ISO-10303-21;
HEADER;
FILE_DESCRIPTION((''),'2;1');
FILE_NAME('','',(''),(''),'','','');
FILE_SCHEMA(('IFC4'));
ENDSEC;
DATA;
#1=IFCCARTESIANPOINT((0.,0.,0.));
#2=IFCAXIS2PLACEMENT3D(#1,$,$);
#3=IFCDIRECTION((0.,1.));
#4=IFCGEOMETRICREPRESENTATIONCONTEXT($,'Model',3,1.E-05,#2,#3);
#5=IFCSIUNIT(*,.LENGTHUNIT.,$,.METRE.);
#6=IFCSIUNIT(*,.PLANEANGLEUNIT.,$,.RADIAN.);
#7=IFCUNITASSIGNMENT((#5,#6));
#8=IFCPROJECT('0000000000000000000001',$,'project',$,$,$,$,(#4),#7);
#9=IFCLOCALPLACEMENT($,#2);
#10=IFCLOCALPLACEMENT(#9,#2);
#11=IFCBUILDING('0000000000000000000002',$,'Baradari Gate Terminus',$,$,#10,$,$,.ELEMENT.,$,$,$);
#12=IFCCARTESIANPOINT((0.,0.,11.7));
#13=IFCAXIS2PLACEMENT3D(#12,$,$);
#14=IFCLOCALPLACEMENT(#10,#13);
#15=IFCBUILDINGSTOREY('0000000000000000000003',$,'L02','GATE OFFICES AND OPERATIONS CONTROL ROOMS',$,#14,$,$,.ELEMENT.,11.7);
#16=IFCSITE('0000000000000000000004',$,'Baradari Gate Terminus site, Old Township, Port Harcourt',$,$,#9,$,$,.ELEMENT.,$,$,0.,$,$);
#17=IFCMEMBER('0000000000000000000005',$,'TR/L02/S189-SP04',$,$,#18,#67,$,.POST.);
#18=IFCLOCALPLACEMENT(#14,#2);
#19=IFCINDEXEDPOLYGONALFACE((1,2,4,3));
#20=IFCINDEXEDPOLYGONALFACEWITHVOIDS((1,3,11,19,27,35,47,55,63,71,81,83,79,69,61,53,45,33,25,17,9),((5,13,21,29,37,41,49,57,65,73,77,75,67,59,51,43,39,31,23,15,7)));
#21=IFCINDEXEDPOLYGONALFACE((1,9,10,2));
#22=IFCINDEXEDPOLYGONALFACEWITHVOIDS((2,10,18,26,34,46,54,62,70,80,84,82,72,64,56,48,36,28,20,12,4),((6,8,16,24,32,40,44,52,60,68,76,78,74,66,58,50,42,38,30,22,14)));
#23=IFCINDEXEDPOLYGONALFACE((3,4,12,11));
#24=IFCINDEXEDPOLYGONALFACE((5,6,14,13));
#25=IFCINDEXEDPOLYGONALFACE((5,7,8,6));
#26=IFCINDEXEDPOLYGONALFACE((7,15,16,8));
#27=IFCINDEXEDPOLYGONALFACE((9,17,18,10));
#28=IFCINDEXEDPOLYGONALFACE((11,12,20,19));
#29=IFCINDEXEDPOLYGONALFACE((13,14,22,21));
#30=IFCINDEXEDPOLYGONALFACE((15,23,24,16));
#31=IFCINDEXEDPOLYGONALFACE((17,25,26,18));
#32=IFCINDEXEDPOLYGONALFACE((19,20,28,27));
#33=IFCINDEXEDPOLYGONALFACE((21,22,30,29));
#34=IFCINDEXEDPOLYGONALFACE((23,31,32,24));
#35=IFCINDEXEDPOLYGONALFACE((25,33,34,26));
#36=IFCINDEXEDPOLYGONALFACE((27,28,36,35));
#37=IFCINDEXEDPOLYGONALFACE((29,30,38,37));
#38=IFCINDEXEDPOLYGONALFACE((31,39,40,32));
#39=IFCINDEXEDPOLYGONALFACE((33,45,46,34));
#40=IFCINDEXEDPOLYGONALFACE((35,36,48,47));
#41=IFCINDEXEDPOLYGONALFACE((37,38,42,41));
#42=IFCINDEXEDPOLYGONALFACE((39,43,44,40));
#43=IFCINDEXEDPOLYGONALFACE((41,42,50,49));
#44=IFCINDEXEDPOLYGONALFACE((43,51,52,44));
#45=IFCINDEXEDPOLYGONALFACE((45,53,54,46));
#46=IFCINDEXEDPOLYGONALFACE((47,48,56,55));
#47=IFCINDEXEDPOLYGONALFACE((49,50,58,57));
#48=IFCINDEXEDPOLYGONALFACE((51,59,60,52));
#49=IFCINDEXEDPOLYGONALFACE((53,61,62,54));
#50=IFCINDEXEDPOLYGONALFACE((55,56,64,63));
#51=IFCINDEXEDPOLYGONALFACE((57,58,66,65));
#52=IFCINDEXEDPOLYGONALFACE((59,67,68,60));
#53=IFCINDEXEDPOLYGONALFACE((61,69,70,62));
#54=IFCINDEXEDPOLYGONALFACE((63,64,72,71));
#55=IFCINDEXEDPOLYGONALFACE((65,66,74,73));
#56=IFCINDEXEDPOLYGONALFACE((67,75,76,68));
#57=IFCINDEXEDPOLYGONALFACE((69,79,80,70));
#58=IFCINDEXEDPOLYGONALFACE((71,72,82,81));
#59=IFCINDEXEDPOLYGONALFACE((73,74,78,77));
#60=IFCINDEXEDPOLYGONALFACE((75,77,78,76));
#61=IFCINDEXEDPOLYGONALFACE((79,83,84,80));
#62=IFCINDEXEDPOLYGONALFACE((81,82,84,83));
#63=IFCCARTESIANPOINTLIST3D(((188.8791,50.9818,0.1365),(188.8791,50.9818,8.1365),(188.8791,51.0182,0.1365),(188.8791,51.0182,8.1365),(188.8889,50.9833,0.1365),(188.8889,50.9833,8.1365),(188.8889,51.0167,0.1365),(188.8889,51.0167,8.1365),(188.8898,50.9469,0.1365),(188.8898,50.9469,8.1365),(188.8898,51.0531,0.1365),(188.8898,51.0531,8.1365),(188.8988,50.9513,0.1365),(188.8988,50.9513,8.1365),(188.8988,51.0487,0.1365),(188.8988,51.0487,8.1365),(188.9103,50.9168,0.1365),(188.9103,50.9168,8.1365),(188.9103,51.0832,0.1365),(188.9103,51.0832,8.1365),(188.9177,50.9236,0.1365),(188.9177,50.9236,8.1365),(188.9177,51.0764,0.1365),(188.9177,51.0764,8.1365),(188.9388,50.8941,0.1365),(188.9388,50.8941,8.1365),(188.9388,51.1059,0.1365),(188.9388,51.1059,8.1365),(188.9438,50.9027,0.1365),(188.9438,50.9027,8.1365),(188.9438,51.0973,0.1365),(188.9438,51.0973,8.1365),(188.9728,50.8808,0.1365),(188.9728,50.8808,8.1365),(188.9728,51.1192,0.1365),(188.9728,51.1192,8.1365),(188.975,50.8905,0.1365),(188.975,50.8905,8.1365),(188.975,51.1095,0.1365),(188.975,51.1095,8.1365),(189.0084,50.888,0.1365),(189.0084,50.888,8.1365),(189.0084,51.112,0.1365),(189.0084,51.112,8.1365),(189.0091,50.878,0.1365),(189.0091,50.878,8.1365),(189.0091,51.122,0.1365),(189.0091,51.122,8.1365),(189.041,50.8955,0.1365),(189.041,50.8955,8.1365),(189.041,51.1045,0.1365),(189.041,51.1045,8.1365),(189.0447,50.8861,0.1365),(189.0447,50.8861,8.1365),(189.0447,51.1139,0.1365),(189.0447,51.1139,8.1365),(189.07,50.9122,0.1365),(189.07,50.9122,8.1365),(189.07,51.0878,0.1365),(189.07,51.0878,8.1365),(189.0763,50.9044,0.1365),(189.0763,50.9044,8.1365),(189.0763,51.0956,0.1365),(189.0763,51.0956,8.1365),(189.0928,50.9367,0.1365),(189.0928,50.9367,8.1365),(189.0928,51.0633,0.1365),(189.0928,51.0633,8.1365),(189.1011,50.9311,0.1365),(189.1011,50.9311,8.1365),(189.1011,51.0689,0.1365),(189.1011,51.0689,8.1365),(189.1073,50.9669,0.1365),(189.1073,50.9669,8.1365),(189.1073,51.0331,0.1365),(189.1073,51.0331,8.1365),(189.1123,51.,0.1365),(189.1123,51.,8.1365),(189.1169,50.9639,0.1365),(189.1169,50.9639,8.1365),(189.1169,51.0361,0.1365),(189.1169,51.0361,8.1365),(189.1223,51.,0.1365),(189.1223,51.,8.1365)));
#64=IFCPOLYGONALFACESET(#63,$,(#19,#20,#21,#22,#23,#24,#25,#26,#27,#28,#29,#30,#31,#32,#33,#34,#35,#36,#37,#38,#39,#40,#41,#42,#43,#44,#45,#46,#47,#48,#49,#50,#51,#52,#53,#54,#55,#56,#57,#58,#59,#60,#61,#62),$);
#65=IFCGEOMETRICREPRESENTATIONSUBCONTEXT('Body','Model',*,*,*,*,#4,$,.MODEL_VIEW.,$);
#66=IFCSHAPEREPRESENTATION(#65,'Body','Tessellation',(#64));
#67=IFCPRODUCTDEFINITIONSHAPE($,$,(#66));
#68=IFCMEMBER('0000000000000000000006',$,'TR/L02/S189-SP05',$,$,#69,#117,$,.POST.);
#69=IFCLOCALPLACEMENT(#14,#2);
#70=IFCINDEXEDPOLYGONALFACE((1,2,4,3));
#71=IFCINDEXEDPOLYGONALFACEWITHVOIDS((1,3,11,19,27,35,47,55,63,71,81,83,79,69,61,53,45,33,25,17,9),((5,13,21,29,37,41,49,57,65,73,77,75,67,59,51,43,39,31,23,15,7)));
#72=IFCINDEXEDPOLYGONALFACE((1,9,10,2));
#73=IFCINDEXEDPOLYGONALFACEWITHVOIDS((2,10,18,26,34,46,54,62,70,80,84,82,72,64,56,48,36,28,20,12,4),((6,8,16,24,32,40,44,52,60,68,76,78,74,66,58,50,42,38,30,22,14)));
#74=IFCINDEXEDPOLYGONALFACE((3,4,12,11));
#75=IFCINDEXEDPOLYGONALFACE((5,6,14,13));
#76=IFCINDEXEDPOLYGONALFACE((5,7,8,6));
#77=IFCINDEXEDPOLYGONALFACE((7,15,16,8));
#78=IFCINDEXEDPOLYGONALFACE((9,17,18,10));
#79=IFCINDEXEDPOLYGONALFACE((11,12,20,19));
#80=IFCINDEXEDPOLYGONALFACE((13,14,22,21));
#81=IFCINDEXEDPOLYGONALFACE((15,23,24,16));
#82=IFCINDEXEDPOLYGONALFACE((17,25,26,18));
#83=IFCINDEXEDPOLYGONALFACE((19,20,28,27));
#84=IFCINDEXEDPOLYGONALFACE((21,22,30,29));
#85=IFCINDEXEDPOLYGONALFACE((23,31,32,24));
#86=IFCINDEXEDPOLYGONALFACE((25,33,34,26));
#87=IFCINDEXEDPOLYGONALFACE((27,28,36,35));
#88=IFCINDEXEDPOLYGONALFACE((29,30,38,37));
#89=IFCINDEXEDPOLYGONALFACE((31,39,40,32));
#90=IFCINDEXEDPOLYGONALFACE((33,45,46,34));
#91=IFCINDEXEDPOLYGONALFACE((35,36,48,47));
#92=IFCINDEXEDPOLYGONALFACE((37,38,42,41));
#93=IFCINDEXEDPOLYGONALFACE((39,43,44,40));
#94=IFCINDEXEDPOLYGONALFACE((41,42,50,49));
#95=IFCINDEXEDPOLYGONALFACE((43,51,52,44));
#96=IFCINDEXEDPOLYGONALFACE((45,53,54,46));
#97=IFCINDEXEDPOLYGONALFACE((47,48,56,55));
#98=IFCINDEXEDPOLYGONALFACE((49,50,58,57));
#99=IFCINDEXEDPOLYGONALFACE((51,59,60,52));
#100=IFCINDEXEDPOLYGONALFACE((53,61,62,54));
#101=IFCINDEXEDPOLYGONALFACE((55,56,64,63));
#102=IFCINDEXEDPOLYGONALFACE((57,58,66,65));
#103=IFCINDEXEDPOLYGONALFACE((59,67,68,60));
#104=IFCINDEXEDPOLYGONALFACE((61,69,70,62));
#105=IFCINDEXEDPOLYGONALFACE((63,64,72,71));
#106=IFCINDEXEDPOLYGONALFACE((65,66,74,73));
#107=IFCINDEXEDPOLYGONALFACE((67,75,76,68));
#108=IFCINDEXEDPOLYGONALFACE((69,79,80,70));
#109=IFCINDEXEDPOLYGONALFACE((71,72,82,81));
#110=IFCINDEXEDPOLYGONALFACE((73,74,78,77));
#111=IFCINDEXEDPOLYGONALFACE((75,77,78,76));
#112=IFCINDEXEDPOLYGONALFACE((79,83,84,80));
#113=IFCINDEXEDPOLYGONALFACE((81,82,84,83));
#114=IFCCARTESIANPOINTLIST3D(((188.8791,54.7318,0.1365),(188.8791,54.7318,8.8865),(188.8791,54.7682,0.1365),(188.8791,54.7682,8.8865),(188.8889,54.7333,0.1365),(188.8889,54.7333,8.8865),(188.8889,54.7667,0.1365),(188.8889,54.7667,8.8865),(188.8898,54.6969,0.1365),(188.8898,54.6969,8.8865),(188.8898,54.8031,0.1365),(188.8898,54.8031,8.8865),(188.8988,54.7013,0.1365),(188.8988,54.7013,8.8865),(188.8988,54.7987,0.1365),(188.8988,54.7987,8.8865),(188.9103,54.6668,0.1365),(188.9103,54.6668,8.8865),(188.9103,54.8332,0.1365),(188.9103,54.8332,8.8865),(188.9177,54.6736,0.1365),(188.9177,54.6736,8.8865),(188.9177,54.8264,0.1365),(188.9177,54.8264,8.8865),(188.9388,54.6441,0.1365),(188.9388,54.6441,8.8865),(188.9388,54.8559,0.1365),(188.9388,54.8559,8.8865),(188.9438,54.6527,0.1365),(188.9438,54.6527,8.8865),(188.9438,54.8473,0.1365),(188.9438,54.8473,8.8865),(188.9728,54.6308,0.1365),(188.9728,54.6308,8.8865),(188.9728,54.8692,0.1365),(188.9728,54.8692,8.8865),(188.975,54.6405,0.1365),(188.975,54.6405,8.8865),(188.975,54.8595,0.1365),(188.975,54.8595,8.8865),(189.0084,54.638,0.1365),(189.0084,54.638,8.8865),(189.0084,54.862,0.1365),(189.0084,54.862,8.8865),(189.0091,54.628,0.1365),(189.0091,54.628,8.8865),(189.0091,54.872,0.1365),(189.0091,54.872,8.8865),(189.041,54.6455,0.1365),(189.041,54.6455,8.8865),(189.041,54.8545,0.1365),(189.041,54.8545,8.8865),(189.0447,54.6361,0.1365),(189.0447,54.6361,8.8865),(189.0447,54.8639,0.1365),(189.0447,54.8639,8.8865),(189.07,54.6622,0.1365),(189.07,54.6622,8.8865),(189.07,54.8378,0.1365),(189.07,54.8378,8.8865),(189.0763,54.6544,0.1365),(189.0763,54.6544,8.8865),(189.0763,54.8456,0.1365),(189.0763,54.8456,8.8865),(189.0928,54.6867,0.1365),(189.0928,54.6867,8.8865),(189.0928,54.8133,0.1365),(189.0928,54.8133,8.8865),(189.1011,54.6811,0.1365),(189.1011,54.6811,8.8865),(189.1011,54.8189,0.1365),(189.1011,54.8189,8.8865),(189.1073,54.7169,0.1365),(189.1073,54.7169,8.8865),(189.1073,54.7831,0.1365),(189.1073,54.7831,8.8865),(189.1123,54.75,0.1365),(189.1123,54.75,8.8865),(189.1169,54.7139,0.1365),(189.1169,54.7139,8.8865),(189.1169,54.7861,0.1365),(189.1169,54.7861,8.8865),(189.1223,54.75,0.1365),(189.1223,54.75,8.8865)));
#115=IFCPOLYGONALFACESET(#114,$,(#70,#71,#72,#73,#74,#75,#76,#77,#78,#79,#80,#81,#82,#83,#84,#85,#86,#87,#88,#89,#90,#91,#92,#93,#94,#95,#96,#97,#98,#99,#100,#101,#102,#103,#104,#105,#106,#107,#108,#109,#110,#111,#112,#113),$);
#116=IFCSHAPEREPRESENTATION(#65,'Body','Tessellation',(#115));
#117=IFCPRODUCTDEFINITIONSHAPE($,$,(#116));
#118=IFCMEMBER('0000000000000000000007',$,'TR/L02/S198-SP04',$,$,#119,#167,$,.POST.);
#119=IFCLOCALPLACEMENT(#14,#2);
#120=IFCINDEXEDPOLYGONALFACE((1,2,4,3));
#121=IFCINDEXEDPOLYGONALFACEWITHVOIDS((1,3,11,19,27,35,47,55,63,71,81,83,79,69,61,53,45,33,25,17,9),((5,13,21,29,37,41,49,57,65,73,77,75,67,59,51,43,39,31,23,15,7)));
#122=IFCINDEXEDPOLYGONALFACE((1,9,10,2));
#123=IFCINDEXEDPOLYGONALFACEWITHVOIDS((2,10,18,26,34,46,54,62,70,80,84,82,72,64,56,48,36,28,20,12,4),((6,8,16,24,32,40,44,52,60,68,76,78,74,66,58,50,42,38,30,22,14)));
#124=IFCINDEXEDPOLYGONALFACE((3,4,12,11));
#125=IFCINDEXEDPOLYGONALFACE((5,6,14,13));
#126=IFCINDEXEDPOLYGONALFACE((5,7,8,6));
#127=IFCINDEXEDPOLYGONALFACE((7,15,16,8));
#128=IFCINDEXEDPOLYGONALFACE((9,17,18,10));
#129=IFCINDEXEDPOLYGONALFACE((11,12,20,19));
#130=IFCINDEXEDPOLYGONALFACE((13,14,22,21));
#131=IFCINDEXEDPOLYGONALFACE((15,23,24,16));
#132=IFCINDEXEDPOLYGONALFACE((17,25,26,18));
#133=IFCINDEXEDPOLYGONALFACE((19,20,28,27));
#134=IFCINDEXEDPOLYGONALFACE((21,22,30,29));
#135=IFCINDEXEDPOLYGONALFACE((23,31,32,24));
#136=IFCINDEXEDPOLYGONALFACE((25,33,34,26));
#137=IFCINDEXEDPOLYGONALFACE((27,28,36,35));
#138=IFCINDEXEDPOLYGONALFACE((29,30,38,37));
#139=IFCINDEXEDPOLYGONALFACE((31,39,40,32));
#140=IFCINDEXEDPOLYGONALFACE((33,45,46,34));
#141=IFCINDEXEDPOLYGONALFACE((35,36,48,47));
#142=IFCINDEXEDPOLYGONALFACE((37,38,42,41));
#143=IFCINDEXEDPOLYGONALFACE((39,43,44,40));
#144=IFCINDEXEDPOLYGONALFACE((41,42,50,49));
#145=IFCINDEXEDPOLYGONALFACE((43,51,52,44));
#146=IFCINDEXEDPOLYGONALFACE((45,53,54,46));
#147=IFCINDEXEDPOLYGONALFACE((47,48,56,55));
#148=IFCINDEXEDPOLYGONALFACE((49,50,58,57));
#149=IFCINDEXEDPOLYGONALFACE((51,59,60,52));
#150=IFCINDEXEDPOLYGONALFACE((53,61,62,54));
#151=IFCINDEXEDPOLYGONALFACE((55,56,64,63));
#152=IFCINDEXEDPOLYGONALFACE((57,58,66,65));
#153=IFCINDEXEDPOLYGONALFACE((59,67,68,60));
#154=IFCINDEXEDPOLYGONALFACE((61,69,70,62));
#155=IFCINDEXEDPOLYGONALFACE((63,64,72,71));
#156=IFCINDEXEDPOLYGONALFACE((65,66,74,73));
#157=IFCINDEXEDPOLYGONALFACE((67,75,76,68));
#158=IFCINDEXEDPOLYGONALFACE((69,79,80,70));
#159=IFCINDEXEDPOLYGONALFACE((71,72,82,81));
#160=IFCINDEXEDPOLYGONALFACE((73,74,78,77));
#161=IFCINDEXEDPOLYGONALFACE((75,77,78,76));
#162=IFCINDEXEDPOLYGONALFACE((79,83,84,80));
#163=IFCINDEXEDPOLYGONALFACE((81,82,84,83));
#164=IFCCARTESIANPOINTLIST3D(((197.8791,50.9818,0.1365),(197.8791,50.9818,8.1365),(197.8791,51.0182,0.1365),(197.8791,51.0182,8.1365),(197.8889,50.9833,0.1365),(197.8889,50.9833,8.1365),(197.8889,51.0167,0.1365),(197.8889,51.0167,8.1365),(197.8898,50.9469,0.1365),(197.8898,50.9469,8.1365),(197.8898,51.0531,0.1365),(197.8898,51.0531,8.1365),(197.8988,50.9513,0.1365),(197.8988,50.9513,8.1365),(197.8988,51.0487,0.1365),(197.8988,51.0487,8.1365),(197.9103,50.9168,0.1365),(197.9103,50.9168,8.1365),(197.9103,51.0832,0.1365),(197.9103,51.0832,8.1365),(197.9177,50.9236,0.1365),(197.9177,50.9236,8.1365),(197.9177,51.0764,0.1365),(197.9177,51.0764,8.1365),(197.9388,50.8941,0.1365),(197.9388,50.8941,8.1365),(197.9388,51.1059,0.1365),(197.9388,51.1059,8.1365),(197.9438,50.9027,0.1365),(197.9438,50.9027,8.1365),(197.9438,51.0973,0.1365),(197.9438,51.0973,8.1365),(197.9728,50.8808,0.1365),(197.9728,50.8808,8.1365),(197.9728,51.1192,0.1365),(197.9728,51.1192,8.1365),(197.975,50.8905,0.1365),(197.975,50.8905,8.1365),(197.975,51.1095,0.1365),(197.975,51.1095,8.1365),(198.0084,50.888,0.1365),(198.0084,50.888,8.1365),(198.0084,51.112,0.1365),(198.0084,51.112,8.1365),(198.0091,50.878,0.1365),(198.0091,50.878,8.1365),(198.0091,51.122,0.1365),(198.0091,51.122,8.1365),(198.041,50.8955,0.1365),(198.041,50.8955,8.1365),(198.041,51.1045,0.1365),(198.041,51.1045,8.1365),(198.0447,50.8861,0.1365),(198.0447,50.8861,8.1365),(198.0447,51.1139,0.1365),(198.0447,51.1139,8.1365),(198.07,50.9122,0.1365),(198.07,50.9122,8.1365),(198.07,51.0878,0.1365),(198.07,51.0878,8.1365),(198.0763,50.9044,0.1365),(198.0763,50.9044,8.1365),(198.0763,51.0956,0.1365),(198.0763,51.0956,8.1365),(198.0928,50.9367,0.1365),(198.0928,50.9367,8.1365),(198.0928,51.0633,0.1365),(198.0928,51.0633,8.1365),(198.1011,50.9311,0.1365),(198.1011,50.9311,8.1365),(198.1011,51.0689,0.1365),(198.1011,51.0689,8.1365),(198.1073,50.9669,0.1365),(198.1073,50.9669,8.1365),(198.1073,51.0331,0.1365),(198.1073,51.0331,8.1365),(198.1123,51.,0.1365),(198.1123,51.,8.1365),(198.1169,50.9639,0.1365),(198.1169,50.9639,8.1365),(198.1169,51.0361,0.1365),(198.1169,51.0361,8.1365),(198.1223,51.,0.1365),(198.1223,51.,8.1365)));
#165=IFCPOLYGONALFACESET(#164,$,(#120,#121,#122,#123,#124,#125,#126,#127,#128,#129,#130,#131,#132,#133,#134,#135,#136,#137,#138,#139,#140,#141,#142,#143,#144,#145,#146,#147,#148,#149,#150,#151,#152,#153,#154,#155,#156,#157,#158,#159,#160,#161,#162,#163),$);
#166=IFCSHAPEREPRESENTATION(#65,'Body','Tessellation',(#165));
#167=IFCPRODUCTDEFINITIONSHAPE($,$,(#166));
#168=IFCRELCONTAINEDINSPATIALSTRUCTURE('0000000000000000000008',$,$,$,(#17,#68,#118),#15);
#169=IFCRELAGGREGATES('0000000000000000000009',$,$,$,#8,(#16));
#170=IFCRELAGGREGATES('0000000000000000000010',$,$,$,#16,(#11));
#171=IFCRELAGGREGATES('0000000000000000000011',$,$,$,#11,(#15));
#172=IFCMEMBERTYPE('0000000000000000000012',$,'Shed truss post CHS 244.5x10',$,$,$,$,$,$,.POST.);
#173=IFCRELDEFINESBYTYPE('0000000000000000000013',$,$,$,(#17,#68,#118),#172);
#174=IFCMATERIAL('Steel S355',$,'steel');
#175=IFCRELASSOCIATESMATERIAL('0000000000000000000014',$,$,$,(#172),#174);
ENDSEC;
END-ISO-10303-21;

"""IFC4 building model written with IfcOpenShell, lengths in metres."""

from ifc_helpers import new_model, si_unit, direction, frame, origin, origin_2d, place, context, subcontext, project, spatial, hollow_circle, extrude, material, material_profile, profile_set, type_object, element, save


model = new_model("IFC4")

# Units and contexts
model_context = context("Model", 3, precision=1e-05, world=origin(), true_north=direction((0.0, 1.0)))
body_context = subcontext(model_context, "Body", "Model", "MODEL_VIEW")
ifc_project = project(units=[si_unit("LENGTHUNIT", "METRE"), si_unit("PLANEANGLEUNIT", "RADIAN")], contexts=[model_context])

# Site, building, storey
site_placement = place(None, origin())
site = spatial("IfcSite", under=ifc_project, at=site_placement, Name="Baradari Gate Terminus site, Old Township, Port Harcourt", CompositionType="ELEMENT", RefElevation=0.0)
building_placement = place(site_placement, origin())
building = spatial("IfcBuilding", under=site, at=building_placement, Name="Baradari Gate Terminus", CompositionType="ELEMENT")
storey_placement = place(building_placement, frame((0.0, 0.0, 11.7)))
storey = spatial("IfcBuildingStorey", under=building, at=storey_placement, Name="L02", Description="GATE OFFICES AND OPERATIONS CONTROL ROOMS", CompositionType="ELEMENT", Elevation=11.7)

# Members
ifc_material_1 = material(Name="Steel S355", Category="steel")
ifc_material_profile_1 = material_profile(ifc_material_1, hollow_circle(Radius=0.1223, WallThickness=0.01, at=origin_2d()), Name="CHS 244.5x10")
ifc_profile_set_1 = profile_set([ifc_material_profile_1], Name="Steel S355")
member_type_1 = type_object("IfcMemberType", Name="Shed truss post CHS 244.5x10", PredefinedType="POST", material=ifc_profile_set_1)
member_1_placement = place(storey_placement, frame((189.0, 51.0, 0.1365), z_axis=(0.0, 0.0, 1.0), x_axis=(1.0, 0.0, 0.0)))
element("IfcMember", 1, at=member_1_placement, inside=storey, type_object=member_type_1, Name="TR/L02/S189-SP04", PredefinedType="POST", context=body_context, shape_type="SweptSolid", body=[
    extrude(hollow_circle(Radius=0.1223, WallThickness=0.01, at=origin_2d()), origin(), (0.0, 0.0, 1.0), 8.0),
])
member_2_placement = place(storey_placement, frame((189.0, 54.75, 0.1365), z_axis=(0.0, 0.0, 1.0), x_axis=(1.0, 0.0, 0.0)))
element("IfcMember", 2, at=member_2_placement, inside=storey, type_object=member_type_1, Name="TR/L02/S189-SP05", PredefinedType="POST", context=body_context, shape_type="SweptSolid", body=[
    extrude(hollow_circle(Radius=0.1223, WallThickness=0.01, at=origin_2d()), origin(), (0.0, 0.0, 1.0), 8.75),
])
member_3_placement = place(storey_placement, frame((198.0, 51.0, 0.1365), z_axis=(0.0, 0.0, 1.0), x_axis=(1.0, 0.0, 0.0)))
element("IfcMember", 3, at=member_3_placement, inside=storey, type_object=member_type_1, Name="TR/L02/S198-SP04", PredefinedType="POST", context=body_context, shape_type="SweptSolid", body=[
    extrude(hollow_circle(Radius=0.1223, WallThickness=0.01, at=origin_2d()), origin(), (0.0, 0.0, 1.0), 8.0),
])

save(model, "model.ifc")
